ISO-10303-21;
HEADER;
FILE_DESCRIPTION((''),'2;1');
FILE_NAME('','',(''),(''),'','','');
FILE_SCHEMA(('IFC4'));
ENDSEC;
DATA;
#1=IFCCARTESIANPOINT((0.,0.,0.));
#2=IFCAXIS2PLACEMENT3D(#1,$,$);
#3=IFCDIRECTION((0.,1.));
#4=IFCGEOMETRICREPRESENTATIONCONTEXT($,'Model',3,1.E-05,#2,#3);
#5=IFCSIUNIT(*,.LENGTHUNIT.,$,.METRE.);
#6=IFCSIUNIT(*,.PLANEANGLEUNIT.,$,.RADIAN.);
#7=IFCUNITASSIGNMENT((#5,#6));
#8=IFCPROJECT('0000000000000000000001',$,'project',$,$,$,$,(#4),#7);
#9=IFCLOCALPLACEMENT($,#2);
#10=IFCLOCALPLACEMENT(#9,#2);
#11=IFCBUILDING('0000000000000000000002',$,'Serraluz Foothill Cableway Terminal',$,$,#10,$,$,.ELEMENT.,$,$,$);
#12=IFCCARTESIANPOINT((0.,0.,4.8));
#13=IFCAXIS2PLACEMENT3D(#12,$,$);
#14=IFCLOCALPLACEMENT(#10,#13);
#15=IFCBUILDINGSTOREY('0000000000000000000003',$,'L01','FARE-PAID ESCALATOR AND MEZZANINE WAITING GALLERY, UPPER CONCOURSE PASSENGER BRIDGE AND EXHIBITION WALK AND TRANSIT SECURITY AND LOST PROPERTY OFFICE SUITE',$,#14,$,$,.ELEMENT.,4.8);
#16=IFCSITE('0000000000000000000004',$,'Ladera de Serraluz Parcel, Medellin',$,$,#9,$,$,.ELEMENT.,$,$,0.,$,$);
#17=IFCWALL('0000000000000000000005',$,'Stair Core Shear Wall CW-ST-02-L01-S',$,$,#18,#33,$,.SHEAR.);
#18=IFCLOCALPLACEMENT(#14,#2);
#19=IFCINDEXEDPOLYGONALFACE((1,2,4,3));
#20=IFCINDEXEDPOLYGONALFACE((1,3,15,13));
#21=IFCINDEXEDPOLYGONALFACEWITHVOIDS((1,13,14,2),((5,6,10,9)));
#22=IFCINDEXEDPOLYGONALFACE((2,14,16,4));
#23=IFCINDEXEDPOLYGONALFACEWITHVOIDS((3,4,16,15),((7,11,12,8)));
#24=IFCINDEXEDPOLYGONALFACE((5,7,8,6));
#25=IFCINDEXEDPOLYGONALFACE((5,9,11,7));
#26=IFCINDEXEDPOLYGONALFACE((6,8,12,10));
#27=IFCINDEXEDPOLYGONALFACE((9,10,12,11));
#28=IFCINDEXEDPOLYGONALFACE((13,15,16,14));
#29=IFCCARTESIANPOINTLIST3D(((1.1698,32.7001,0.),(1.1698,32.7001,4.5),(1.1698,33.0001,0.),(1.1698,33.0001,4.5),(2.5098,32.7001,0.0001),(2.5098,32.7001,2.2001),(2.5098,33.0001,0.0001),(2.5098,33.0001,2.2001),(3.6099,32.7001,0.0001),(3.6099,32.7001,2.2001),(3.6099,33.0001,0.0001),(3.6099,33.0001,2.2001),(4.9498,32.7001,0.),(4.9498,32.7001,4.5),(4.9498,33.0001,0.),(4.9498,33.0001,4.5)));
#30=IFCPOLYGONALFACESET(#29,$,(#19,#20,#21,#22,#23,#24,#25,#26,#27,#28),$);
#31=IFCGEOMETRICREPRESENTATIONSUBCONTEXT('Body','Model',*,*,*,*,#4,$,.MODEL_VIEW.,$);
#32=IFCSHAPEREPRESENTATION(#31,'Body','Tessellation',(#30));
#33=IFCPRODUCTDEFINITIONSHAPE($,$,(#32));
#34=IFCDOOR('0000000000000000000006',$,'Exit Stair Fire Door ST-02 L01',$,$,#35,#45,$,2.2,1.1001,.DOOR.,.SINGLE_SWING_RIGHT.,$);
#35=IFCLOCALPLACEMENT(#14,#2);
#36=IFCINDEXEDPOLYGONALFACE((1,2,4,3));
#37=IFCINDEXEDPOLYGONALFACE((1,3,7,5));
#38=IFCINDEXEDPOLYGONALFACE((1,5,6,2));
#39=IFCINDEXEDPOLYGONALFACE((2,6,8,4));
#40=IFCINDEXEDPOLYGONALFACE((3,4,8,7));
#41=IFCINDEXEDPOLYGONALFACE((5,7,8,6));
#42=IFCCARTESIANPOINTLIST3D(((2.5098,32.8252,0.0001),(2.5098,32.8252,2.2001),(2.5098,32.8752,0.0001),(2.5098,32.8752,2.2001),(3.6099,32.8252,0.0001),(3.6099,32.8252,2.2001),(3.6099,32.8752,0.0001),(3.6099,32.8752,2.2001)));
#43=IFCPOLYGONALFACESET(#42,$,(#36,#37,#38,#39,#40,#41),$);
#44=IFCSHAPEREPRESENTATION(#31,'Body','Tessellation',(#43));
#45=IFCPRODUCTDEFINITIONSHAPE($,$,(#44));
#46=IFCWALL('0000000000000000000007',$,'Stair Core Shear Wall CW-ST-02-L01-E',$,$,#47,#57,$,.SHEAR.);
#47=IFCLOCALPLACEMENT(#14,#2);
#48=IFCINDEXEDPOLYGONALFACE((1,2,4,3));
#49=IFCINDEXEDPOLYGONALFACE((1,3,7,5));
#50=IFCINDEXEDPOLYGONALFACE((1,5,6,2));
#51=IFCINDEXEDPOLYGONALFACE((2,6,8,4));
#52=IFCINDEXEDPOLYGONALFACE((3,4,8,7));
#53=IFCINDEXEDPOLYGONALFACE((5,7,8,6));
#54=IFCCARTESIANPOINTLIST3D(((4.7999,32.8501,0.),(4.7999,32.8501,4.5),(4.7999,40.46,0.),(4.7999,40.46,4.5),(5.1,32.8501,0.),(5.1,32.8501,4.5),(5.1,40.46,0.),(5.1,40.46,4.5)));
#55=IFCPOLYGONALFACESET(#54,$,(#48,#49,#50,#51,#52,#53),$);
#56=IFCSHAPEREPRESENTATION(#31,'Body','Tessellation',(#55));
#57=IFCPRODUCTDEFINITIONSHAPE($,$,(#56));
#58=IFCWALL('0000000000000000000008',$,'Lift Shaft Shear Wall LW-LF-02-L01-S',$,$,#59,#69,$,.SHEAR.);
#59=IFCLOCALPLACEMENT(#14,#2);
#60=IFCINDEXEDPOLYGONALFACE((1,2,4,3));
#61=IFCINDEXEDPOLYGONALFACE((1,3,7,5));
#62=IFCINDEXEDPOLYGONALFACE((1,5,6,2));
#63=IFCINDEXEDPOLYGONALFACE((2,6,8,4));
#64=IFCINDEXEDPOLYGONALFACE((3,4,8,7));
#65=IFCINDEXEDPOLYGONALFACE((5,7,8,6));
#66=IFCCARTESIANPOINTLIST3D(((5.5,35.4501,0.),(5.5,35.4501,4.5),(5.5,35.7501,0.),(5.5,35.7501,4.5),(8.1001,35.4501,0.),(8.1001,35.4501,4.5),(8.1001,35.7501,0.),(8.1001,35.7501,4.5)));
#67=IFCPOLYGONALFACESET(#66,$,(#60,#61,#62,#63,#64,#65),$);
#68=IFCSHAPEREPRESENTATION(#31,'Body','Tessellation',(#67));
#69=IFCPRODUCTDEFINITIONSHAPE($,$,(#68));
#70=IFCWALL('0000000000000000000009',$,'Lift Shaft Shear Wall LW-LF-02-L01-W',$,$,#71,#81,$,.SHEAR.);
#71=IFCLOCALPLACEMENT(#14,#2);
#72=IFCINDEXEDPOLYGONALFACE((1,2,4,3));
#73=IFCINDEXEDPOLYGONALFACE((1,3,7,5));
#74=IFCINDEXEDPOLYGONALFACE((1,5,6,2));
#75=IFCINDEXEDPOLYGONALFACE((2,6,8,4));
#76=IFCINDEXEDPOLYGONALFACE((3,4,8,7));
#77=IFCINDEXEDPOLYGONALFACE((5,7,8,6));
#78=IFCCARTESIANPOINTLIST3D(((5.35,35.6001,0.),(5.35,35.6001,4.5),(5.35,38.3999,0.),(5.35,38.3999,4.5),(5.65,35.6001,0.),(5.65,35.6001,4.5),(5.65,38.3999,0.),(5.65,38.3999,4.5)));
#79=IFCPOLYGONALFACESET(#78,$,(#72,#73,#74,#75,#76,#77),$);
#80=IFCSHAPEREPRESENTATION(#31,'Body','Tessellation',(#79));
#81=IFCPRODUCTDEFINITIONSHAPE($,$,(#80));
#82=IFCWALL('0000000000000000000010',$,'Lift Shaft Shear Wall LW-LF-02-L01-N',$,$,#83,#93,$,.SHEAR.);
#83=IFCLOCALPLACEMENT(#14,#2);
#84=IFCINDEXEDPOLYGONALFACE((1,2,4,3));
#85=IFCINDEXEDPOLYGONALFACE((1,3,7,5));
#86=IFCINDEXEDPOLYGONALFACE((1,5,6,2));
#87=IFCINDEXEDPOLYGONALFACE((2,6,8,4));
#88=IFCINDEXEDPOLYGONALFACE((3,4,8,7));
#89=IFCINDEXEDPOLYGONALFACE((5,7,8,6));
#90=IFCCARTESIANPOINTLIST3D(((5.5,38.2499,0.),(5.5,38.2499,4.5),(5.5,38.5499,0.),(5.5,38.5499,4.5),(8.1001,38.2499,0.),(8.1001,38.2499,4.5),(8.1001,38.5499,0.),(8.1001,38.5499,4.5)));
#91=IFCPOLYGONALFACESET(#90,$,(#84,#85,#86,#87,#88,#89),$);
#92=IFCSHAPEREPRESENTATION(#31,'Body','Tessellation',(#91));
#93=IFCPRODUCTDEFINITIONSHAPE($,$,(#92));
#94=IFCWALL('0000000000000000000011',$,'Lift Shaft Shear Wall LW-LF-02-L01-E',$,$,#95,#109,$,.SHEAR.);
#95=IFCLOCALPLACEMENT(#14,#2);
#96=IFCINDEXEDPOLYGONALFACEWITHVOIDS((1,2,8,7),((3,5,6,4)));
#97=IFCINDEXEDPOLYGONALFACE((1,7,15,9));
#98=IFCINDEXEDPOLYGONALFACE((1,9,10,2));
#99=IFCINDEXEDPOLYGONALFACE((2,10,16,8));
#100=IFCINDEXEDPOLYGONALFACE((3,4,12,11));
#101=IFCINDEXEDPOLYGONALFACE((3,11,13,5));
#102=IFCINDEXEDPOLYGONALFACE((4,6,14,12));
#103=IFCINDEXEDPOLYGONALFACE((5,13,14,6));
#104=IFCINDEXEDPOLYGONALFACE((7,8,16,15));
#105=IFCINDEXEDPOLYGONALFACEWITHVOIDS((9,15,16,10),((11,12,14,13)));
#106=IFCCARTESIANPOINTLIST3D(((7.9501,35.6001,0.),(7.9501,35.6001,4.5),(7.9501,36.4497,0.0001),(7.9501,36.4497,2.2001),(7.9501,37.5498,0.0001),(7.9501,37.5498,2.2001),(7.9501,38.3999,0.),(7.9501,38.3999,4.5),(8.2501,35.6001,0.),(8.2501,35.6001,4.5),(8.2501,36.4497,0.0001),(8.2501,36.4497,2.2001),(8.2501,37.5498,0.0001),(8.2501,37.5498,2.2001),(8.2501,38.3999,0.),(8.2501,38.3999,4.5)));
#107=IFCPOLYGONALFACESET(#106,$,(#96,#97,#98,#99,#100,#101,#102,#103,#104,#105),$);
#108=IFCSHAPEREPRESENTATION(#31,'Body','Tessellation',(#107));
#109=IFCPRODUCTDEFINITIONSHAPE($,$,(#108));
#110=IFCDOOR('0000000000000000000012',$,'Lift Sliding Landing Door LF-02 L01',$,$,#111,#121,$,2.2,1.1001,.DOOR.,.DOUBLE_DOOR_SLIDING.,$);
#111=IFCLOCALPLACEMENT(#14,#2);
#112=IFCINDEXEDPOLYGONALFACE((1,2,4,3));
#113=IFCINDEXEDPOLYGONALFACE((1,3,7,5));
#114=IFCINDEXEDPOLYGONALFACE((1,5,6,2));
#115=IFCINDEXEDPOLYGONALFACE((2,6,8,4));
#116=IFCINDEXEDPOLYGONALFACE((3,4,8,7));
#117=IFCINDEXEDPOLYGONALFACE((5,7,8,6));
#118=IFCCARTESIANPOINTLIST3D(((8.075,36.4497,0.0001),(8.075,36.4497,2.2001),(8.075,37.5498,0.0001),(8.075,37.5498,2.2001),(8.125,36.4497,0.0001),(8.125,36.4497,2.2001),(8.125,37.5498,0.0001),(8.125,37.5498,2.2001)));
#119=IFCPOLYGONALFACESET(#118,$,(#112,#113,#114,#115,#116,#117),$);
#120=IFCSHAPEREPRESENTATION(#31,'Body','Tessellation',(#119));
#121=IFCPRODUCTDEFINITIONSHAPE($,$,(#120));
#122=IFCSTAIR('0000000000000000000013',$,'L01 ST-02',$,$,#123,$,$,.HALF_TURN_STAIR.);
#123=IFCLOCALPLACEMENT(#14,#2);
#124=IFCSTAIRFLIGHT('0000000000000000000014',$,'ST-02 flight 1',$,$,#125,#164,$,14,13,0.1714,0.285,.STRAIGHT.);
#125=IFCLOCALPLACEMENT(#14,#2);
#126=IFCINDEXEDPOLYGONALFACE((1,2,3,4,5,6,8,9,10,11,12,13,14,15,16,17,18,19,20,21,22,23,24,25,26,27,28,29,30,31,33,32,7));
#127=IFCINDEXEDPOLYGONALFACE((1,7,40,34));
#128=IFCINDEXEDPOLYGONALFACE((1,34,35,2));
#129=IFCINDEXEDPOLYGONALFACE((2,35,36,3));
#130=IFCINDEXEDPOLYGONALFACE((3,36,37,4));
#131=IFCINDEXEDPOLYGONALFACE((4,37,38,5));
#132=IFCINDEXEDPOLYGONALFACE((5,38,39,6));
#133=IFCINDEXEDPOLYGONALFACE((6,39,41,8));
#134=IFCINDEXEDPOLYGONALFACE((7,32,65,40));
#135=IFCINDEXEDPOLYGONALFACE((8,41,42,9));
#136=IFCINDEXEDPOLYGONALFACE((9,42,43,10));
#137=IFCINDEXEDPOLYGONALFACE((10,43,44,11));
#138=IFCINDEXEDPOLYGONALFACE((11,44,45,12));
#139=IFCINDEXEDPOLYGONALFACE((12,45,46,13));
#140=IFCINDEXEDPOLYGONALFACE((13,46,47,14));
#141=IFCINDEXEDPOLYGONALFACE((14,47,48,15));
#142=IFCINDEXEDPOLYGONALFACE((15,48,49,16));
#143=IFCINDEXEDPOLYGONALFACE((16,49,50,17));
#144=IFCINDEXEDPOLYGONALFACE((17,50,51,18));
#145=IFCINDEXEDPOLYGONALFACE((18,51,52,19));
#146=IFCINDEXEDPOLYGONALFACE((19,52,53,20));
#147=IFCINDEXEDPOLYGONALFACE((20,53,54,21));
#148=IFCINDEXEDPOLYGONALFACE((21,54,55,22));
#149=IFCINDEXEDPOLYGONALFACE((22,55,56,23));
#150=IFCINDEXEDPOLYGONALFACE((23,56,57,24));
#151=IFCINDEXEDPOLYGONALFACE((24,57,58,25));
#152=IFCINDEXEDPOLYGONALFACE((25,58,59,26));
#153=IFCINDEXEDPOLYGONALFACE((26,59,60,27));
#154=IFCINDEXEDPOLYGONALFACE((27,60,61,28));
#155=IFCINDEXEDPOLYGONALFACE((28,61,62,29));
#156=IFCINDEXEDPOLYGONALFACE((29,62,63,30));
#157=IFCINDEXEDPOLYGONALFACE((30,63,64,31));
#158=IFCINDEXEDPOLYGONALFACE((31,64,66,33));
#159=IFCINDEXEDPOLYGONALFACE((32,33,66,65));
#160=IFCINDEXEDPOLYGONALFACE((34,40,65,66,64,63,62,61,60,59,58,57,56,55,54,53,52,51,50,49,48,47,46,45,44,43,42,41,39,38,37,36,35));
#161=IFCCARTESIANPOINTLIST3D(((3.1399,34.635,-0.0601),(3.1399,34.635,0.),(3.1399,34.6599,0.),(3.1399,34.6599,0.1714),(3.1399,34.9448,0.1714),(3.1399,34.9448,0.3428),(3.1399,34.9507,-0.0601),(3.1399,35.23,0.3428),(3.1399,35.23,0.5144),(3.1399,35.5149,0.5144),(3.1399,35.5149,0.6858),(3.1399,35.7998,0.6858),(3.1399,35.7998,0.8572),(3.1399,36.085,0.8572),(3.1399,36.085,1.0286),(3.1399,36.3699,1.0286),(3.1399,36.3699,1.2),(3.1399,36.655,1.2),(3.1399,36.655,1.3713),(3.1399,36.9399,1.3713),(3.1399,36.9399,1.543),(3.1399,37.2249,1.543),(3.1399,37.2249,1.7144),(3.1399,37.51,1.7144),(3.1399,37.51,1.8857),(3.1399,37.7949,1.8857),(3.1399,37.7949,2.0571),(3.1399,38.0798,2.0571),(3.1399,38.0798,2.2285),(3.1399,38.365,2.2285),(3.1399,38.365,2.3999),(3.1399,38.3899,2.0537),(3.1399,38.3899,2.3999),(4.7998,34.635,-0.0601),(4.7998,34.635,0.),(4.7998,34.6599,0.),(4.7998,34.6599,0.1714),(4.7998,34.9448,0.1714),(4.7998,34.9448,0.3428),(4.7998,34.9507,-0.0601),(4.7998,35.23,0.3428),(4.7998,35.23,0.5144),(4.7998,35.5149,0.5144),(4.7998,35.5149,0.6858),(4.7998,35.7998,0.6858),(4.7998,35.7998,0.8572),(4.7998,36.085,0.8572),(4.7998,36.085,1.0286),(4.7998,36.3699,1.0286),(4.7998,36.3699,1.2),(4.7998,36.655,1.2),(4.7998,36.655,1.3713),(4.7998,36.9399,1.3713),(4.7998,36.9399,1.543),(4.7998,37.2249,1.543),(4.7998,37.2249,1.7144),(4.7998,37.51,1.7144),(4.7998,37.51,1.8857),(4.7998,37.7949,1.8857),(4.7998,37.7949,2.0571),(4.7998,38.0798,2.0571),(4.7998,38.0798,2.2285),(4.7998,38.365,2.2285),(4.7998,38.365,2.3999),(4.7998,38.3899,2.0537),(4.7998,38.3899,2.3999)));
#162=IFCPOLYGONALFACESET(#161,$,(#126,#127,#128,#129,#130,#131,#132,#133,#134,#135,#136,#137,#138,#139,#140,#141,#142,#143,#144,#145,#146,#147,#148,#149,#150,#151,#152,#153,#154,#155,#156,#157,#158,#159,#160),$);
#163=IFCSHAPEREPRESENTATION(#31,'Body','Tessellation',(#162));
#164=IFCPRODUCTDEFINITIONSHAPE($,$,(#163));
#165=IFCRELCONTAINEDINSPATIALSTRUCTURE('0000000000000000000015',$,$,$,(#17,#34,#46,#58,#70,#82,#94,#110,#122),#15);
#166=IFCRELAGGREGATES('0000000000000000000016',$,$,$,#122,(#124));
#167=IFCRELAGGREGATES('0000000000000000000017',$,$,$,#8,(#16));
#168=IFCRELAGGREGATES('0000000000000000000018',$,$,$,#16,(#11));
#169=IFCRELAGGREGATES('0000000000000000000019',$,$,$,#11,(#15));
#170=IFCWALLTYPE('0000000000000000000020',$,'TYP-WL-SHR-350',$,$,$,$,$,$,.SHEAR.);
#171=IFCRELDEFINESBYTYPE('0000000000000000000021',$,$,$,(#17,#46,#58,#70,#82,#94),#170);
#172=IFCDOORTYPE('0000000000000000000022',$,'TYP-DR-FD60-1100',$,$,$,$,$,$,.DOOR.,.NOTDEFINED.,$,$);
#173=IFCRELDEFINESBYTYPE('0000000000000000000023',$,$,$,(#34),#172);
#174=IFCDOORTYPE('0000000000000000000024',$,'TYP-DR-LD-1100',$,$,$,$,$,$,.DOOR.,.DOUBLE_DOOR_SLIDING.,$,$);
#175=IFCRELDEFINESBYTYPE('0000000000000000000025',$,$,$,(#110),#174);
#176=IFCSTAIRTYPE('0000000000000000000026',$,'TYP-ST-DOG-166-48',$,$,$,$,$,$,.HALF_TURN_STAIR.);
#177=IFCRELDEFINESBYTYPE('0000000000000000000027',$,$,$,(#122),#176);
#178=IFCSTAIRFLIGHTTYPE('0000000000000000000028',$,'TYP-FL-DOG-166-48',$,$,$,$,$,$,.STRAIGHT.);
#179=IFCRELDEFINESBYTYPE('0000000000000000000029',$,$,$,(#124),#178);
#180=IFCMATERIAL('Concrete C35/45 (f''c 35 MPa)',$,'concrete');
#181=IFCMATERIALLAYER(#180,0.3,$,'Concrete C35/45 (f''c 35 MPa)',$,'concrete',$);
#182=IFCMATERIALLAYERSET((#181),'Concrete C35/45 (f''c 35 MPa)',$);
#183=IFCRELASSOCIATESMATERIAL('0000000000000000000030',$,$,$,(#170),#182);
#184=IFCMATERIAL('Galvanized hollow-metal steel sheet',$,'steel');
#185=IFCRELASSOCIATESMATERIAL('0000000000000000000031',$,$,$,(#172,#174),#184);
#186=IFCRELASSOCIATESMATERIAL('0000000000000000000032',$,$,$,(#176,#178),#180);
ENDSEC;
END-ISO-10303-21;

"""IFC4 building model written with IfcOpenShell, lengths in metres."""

from ifc_helpers import new_model, si_unit, direction, frame, frame_2d, origin, place, context, subcontext, project, spatial, polyline, rectangle, outline, extrude, material, layer, layer_set, type_object, element, fill, aggregate, save


model = new_model("IFC4")

# Units and contexts
model_context = context("Model", 3, precision=1e-05, world=origin(), true_north=direction((0.0, 1.0)))
body_context = subcontext(model_context, "Body", "Model", "MODEL_VIEW")
ifc_project = project(units=[si_unit("LENGTHUNIT", "METRE"), si_unit("PLANEANGLEUNIT", "RADIAN")], contexts=[model_context])

# Site, building, storey
site_placement = place(None, origin())
site = spatial("IfcSite", under=ifc_project, at=site_placement, Name="Ladera de Serraluz Parcel, Medellin", CompositionType="ELEMENT", RefElevation=0.0)
building_placement = place(site_placement, origin())
building = spatial("IfcBuilding", under=site, at=building_placement, Name="Serraluz Foothill Cableway Terminal", CompositionType="ELEMENT")
storey_placement = place(building_placement, frame((0.0, 0.0, 4.8)))
storey = spatial("IfcBuildingStorey", under=building, at=storey_placement, Name="L01", Description="FARE-PAID ESCALATOR AND MEZZANINE WAITING GALLERY, UPPER CONCOURSE PASSENGER BRIDGE AND EXHIBITION WALK AND TRANSIT SECURITY AND LOST PROPERTY OFFICE SUITE", CompositionType="ELEMENT", Elevation=4.8)

# Shared definitions
ifc_material_1 = material(Name="Concrete C35/45 (f'c 35 MPa)", Category="concrete")

# Wall, opening, door
ifc_material_2 = material(Name="Galvanized hollow-metal steel sheet", Category="steel")
ifc_layer_1 = layer(ifc_material_1, 0.3, Name="Concrete C35/45 (f'c 35 MPa)", Category="concrete")
ifc_layer_set_1 = layer_set([ifc_layer_1], Name="Concrete C35/45 (f'c 35 MPa)")
wall_type_1 = type_object("IfcWallType", Name="TYP-WL-SHR-350", PredefinedType="SHEAR", material=ifc_layer_set_1)
wall_1_placement = place(storey_placement, frame((4.95, 32.8501, 0.0), z_axis=(0.0, 0.0, 1.0), x_axis=(-1.0, 0.0, 0.0)))
wall_1 = element("IfcWall", 1, at=wall_1_placement, inside=storey, type_object=wall_type_1, Name="Stair Core Shear Wall CW-ST-02-L01-S", PredefinedType="SHEAR", context=body_context, shape_type="SweptSolid", body=[
    extrude(rectangle(XDim=3.78, YDim=0.3, at=frame_2d((1.8901, 0.0))), origin(), (0.0, 0.0, 1.0), 4.5),
])
opening_1_placement = place(wall_1_placement, frame((1.3401, 0.0, 0.0)))
opening_1 = element("IfcOpeningElement", 2, at=opening_1_placement, cuts=wall_1, PredefinedType="OPENING", context=body_context, shape_type="SweptSolid", body=[
    extrude(rectangle(XDim=1.1001, YDim=2.2, at=frame_2d((0.55, 1.1001))), frame((0.0, 0.1602, 0.0), z_axis=(0.0, -1.0, 0.0), x_axis=(1.0, 0.0, 0.0)), (0.0, 0.0, 1.0), 0.3201),
])
door_type_1 = type_object("IfcDoorType", Name="TYP-DR-FD60-1100", OperationType="NOTDEFINED", PredefinedType="DOOR", material=ifc_material_2)
door_1_placement = place(opening_1_placement, origin())
door_1 = element("IfcDoor", 3, at=door_1_placement, inside=storey, type_object=door_type_1, Name="Exit Stair Fire Door ST-02 L01", OperationType="SINGLE_SWING_RIGHT", OverallHeight=2.2, OverallWidth=1.1001, PredefinedType="DOOR", context=body_context, shape_type="SweptSolid", body=[
    extrude(rectangle(XDim=1.1001, YDim=2.2, at=frame_2d((0.55, 1.1001))), frame((0.0, 0.0249, 0.0), z_axis=(0.0, -1.0, 0.0), x_axis=(1.0, 0.0, 0.0)), (0.0, 0.0, 1.0), 0.05),
])
fill(opening_1, door_1)

# Walls
wall_2_placement = place(storey_placement, frame((4.95, 40.46, 0.0), z_axis=(0.0, 0.0, 1.0), x_axis=(0.0, -1.0, 0.0)))
element("IfcWall", 4, at=wall_2_placement, inside=storey, type_object=wall_type_1, Name="Stair Core Shear Wall CW-ST-02-L01-E", PredefinedType="SHEAR", context=body_context, shape_type="SweptSolid", body=[
    extrude(rectangle(XDim=7.6099, YDim=0.3, at=frame_2d((3.8049, 0.0))), origin(), (0.0, 0.0, 1.0), 4.5),
])
wall_3_placement = place(storey_placement, frame((8.1001, 35.6001, 0.0), z_axis=(0.0, 0.0, 1.0), x_axis=(-1.0, 0.0, 0.0)))
element("IfcWall", 5, at=wall_3_placement, inside=storey, type_object=wall_type_1, Name="Lift Shaft Shear Wall LW-LF-02-L01-S", PredefinedType="SHEAR", context=body_context, shape_type="SweptSolid", body=[
    extrude(rectangle(XDim=2.6001, YDim=0.3, at=frame_2d((1.3, 0.0))), origin(), (0.0, 0.0, 1.0), 4.5),
])
wall_4_placement = place(storey_placement, frame((5.5, 35.6001, 0.0), z_axis=(0.0, 0.0, 1.0), x_axis=(0.0, 1.0, 0.0)))
element("IfcWall", 6, at=wall_4_placement, inside=storey, type_object=wall_type_1, Name="Lift Shaft Shear Wall LW-LF-02-L01-W", PredefinedType="SHEAR", context=body_context, shape_type="SweptSolid", body=[
    extrude(rectangle(XDim=2.7998, YDim=0.3, at=frame_2d((1.3999, 0.0))), origin(), (0.0, 0.0, 1.0), 4.5),
])
wall_5_placement = place(storey_placement, frame((5.5, 38.3999, 0.0), z_axis=(0.0, 0.0, 1.0), x_axis=(1.0, 0.0, 0.0)))
element("IfcWall", 7, at=wall_5_placement, inside=storey, type_object=wall_type_1, Name="Lift Shaft Shear Wall LW-LF-02-L01-N", PredefinedType="SHEAR", context=body_context, shape_type="SweptSolid", body=[
    extrude(rectangle(XDim=2.6001, YDim=0.3, at=frame_2d((1.3, 0.0))), origin(), (0.0, 0.0, 1.0), 4.5),
])

# Wall, opening, door
wall_6_placement = place(storey_placement, frame((8.1001, 38.3999, 0.0), z_axis=(0.0, 0.0, 1.0), x_axis=(0.0, -1.0, 0.0)))
wall_6 = element("IfcWall", 8, at=wall_6_placement, inside=storey, type_object=wall_type_1, Name="Lift Shaft Shear Wall LW-LF-02-L01-E", PredefinedType="SHEAR", context=body_context, shape_type="SweptSolid", body=[
    extrude(rectangle(XDim=2.7998, YDim=0.3, at=frame_2d((1.3999, 0.0))), origin(), (0.0, 0.0, 1.0), 4.5),
])
opening_2_placement = place(wall_6_placement, frame((0.8501, 0.0, 0.0)))
opening_2 = element("IfcOpeningElement", 9, at=opening_2_placement, cuts=wall_6, PredefinedType="OPENING", context=body_context, shape_type="SweptSolid", body=[
    extrude(rectangle(XDim=1.1001, YDim=2.2, at=frame_2d((0.55, 1.1001))), frame((0.0, 0.1602, 0.0), z_axis=(0.0, -1.0, 0.0), x_axis=(1.0, 0.0, 0.0)), (0.0, 0.0, 1.0), 0.3201),
])
door_type_2 = type_object("IfcDoorType", Name="TYP-DR-LD-1100", OperationType="DOUBLE_DOOR_SLIDING", PredefinedType="DOOR", material=ifc_material_2)
door_2_placement = place(opening_2_placement, origin())
door_2 = element("IfcDoor", 10, at=door_2_placement, inside=storey, type_object=door_type_2, Name="Lift Sliding Landing Door LF-02 L01", OperationType="DOUBLE_DOOR_SLIDING", OverallHeight=2.2, OverallWidth=1.1001, PredefinedType="DOOR", context=body_context, shape_type="SweptSolid", body=[
    extrude(rectangle(XDim=1.1001, YDim=2.2, at=frame_2d((0.55, 1.1001))), frame((0.0, 0.0249, 0.0), z_axis=(0.0, -1.0, 0.0), x_axis=(1.0, 0.0, 0.0)), (0.0, 0.0, 1.0), 0.05),
])
fill(opening_2, door_2)

# Stair, stair flight
stair_type = type_object("IfcStairType", Name="TYP-ST-DOG-166-48", PredefinedType="HALF_TURN_STAIR", material=ifc_material_1)
stair_placement = place(storey_placement, origin())
stair = element("IfcStair", 11, at=stair_placement, inside=storey, type_object=stair_type, Name="L01 ST-02", PredefinedType="HALF_TURN_STAIR")
stair_flight_type = type_object("IfcStairFlightType", Name="TYP-FL-DOG-166-48", PredefinedType="STRAIGHT", material=ifc_material_1)
stair_flight_placement = place(storey_placement, frame((3.97, 34.6599, 0.0), z_axis=(0.0, 0.0, 1.0), x_axis=(0.0, 1.0, 0.0)))
stair_flight = element("IfcStairFlight", 12, at=stair_flight_placement, type_object=stair_flight_type, Name="ST-02 flight 1", NumberOfRisers=14, NumberOfTreads=13, PredefinedType="STRAIGHT", RiserHeight=0.1714, TreadLength=0.285, context=body_context, shape_type="SweptSolid", body=[
    extrude(outline(polyline([(-0.0249, -0.0601), (-0.0249, 0.0), (0.0, 0.0), (0.0, 0.1714), (0.2849, 0.1714), (0.2849, 0.3428), (0.5701, 0.3428), (0.5701, 0.5144), (0.855, 0.5144), (0.855, 0.6858), (1.1399, 0.6858), (1.1399, 0.8572), (1.425, 0.8572), (1.425, 1.0286), (1.71, 1.0286), (1.71, 1.2), (1.9951, 1.2), (1.9951, 1.3713), (2.28, 1.3713), (2.28, 1.543), (2.5649, 1.543), (2.5649, 1.7144), (2.8501, 1.7144), (2.8501, 1.8857), (3.135, 1.8857), (3.135, 2.0571), (3.4199, 2.0571), (3.4199, 2.2285), (3.7051, 2.2285), (3.7051, 2.3999), (3.73, 2.3999), (3.73, 2.0537), (0.2908, -0.0601), (-0.0249, -0.0601)])), frame((0.0, 0.8301, 0.0), z_axis=(0.0, -1.0, 0.0), x_axis=(1.0, 0.0, 0.0)), (0.0, 0.0, 1.0), 1.6599),
])
aggregate(stair, [stair_flight])

save(model, "model.ifc")
